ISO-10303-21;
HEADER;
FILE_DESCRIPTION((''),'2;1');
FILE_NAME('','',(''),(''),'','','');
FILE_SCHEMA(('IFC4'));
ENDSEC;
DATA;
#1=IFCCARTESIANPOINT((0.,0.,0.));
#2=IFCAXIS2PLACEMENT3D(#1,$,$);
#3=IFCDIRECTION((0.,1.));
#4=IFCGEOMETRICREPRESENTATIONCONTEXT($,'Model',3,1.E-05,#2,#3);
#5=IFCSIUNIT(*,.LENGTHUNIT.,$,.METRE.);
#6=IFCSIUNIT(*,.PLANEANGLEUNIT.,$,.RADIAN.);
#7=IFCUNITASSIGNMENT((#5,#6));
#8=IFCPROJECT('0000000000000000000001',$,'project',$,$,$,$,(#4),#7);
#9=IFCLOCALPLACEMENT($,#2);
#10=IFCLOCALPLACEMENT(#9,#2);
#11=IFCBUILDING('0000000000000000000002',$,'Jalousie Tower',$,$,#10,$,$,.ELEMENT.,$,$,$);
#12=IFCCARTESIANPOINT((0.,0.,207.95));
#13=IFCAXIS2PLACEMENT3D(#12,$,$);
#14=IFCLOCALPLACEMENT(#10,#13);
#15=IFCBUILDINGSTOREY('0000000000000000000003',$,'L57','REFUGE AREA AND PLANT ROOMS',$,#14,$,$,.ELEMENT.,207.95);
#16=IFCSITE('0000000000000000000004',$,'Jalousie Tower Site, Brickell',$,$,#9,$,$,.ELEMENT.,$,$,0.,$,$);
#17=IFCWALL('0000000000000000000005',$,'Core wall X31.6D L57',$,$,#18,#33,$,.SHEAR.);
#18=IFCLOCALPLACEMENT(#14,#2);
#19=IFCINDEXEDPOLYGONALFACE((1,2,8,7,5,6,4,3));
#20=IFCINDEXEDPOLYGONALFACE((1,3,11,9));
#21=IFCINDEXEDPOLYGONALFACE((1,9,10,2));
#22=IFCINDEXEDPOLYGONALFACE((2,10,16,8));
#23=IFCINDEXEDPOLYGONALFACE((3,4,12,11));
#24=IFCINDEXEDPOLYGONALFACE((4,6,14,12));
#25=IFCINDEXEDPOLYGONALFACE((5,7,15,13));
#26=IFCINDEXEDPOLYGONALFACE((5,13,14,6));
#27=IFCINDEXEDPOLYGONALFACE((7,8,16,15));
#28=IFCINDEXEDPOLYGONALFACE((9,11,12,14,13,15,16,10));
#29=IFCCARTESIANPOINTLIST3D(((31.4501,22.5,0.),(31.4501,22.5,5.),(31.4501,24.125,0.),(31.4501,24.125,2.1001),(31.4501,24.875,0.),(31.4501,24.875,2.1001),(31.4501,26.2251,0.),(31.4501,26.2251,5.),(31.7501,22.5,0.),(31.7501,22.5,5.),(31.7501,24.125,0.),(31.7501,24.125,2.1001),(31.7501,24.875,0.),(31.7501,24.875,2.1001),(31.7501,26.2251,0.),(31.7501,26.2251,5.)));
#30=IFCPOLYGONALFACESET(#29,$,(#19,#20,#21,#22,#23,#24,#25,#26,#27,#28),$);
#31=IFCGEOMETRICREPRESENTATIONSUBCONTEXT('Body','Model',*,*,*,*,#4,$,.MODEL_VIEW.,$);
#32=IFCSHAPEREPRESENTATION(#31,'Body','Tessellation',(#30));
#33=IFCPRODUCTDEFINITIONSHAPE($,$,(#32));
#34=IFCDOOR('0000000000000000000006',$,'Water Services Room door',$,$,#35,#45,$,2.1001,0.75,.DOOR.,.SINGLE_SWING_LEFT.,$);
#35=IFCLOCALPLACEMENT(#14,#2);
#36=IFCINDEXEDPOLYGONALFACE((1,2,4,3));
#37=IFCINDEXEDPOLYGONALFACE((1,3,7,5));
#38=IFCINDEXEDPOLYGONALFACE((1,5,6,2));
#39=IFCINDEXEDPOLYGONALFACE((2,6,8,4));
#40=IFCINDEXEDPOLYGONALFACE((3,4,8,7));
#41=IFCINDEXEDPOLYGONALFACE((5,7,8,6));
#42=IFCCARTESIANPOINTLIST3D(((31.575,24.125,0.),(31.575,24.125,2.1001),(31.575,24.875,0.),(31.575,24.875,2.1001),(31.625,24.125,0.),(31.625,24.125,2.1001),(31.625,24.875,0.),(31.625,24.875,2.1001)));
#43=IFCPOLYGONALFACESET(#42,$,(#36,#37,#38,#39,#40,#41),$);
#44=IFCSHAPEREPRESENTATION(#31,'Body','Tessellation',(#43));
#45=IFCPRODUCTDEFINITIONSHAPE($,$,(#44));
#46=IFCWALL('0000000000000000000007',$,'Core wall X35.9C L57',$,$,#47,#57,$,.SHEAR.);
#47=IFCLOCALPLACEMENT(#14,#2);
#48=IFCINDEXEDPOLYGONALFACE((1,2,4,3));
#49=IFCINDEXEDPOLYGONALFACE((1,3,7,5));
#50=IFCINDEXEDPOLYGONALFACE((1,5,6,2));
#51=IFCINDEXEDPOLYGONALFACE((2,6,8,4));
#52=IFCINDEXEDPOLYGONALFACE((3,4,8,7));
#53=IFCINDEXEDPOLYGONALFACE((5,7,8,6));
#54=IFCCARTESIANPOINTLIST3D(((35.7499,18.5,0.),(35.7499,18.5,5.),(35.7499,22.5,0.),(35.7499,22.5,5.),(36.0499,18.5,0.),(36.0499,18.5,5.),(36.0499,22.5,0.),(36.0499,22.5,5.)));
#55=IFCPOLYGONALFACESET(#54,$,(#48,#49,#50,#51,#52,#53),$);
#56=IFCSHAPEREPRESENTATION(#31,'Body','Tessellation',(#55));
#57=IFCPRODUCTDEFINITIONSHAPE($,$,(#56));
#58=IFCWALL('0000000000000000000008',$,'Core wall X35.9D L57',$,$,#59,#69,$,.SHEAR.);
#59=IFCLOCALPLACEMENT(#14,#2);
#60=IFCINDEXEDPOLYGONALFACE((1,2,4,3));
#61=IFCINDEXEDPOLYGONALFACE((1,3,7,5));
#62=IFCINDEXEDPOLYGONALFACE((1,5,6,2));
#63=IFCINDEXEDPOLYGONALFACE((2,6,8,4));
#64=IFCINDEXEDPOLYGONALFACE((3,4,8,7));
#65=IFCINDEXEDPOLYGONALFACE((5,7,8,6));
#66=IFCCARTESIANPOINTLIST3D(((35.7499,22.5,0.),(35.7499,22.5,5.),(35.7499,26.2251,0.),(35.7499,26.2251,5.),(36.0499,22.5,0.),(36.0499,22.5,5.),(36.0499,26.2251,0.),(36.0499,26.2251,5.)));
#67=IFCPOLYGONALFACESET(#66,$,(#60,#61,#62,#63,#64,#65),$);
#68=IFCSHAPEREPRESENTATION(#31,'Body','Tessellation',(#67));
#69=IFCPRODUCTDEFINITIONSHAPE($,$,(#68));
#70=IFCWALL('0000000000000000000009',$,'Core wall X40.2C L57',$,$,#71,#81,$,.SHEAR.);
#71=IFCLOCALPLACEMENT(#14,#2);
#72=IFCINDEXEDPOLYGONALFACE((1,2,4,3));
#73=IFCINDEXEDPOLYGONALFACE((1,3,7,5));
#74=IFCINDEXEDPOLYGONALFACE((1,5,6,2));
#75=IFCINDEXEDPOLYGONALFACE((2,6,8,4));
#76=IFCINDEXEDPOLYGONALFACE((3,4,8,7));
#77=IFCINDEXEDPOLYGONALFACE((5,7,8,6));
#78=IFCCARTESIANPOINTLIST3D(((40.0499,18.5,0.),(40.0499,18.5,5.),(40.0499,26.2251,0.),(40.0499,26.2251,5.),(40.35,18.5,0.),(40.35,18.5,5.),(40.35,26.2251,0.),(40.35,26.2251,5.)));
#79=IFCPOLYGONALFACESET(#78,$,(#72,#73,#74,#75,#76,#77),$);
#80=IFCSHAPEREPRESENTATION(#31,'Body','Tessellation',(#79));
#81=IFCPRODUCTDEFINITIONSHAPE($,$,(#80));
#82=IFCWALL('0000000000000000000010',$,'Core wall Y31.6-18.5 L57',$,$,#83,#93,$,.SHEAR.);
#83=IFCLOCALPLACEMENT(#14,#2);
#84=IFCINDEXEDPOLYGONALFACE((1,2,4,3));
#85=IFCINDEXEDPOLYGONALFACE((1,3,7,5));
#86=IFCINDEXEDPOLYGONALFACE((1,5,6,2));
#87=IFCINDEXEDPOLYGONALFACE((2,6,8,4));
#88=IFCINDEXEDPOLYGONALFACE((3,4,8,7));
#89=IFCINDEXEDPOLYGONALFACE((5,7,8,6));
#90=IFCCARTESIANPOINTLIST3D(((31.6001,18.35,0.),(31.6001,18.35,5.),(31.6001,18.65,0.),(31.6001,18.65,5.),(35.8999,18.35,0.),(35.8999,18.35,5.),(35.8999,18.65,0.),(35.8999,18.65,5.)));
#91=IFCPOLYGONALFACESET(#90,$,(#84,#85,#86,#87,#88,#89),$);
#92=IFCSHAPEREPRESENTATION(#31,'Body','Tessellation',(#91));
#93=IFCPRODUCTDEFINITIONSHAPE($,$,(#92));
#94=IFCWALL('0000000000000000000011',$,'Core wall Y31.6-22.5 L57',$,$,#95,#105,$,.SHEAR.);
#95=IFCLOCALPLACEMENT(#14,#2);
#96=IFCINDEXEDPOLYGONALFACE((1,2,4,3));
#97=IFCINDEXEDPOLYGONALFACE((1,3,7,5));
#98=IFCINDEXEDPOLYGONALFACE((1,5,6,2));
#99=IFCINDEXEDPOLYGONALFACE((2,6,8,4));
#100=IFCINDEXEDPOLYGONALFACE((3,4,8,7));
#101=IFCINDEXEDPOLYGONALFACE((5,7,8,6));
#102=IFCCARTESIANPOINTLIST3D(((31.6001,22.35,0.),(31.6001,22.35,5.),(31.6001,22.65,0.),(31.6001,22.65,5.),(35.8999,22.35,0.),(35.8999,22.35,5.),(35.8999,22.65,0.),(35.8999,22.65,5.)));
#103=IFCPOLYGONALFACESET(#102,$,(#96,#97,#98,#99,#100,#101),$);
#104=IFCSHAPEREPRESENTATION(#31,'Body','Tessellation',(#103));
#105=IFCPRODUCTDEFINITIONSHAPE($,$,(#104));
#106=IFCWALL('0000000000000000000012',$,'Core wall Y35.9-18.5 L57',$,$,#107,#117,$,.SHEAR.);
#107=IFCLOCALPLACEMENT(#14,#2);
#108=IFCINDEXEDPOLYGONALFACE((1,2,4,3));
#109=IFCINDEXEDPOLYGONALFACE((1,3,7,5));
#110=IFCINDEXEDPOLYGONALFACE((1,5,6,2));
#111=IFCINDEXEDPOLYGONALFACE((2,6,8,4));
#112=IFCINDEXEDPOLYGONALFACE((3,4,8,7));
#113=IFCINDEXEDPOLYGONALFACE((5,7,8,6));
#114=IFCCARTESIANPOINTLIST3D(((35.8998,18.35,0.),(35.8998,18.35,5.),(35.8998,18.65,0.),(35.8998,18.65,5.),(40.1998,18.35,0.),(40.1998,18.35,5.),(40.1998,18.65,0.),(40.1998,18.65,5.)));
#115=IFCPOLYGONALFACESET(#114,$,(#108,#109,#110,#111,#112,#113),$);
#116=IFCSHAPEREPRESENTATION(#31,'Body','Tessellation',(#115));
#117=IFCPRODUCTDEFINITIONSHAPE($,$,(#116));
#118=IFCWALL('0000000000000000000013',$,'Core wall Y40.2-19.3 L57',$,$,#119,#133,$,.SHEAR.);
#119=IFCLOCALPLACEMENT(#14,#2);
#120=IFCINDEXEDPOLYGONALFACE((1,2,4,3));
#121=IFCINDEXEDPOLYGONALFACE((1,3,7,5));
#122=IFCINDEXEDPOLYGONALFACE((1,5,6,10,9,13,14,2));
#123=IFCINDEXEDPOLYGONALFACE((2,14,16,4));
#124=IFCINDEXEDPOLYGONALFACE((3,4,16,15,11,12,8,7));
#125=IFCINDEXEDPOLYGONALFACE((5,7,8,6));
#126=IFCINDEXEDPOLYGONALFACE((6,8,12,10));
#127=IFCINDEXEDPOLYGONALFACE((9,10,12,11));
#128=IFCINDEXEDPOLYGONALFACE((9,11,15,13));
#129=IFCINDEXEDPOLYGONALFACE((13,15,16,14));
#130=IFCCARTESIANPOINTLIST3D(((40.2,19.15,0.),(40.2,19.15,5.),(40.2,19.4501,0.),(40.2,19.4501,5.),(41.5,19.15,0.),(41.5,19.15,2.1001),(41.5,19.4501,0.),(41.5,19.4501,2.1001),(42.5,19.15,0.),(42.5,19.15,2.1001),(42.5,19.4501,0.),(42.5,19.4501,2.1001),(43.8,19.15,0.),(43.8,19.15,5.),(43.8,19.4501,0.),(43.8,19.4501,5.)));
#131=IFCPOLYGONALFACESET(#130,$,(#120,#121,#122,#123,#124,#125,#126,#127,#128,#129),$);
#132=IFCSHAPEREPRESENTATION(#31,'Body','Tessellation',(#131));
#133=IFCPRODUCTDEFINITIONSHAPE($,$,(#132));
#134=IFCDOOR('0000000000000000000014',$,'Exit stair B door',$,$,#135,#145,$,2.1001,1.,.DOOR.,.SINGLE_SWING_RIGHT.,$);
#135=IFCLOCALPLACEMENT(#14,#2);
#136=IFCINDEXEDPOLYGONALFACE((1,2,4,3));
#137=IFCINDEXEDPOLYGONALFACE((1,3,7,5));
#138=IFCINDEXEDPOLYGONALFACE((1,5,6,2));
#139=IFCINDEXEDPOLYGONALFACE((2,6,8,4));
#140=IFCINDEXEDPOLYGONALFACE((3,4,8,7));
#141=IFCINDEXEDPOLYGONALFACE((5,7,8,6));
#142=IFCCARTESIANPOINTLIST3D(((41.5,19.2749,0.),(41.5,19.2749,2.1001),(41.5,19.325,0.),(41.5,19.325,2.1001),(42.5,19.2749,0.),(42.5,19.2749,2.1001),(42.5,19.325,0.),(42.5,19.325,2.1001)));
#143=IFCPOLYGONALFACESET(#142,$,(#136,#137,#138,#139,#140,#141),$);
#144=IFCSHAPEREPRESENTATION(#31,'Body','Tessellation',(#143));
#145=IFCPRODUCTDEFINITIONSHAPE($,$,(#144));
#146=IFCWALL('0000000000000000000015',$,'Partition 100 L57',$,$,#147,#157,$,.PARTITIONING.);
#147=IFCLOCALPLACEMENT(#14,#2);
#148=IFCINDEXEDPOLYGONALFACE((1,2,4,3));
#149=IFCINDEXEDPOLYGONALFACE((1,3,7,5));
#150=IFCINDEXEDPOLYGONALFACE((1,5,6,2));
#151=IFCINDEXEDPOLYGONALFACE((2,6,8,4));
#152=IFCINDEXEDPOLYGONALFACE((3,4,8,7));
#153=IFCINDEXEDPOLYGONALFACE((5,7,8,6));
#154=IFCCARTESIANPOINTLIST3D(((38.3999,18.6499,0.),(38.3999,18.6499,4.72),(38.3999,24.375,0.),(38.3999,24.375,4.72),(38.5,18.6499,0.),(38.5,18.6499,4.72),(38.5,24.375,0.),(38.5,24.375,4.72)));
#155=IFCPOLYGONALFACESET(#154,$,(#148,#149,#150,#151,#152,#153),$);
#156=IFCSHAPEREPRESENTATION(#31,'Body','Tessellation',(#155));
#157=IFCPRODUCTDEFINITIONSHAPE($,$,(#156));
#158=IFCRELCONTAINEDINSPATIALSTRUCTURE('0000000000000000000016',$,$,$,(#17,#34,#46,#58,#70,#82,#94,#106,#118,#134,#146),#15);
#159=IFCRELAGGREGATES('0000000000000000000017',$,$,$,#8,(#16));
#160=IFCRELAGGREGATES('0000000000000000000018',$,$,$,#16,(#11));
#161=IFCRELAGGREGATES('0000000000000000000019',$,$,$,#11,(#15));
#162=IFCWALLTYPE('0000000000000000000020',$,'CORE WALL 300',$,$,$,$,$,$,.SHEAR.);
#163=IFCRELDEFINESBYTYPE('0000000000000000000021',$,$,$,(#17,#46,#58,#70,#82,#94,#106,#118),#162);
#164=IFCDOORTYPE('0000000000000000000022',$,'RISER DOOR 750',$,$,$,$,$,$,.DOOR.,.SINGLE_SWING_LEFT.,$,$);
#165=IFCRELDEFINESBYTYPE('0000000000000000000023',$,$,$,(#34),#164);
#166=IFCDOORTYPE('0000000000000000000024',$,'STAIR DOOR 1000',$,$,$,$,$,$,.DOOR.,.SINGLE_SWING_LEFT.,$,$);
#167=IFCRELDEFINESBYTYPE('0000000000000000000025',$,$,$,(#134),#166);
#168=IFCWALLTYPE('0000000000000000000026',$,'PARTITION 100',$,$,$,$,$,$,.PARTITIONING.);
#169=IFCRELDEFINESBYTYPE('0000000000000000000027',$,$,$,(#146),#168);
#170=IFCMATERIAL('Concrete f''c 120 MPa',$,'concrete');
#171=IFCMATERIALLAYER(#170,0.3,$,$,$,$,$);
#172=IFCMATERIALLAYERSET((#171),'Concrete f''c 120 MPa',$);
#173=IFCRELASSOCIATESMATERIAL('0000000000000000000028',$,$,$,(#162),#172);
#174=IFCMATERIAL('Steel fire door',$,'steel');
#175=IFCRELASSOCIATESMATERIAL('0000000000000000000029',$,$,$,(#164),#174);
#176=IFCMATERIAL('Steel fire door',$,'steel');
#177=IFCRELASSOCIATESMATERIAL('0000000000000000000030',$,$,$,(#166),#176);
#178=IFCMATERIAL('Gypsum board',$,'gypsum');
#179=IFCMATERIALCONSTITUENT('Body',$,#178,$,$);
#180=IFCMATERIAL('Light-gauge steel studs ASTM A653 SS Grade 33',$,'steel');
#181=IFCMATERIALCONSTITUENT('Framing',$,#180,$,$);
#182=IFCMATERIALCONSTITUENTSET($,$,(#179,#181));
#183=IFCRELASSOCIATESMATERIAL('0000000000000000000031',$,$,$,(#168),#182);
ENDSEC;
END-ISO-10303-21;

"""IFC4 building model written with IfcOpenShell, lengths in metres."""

from ifc_helpers import new_model, si_unit, direction, frame, frame_2d, origin, place, context, subcontext, project, spatial, rectangle, extrude, material, layer, layer_set, constituent, constituent_set, type_object, element, fill, save


model = new_model("IFC4")

# Units and contexts
model_context = context("Model", 3, precision=1e-05, world=origin(), true_north=direction((0.0, 1.0)))
body_context = subcontext(model_context, "Body", "Model", "MODEL_VIEW")
ifc_project = project(units=[si_unit("LENGTHUNIT", "METRE"), si_unit("PLANEANGLEUNIT", "RADIAN")], contexts=[model_context])

# Site, building, storey
site_placement = place(None, origin())
site = spatial("IfcSite", under=ifc_project, at=site_placement, Name="Jalousie Tower Site, Brickell", CompositionType="ELEMENT", RefElevation=0.0)
building_placement = place(site_placement, origin())
building = spatial("IfcBuilding", under=site, at=building_placement, Name="Jalousie Tower", CompositionType="ELEMENT")
storey_placement = place(building_placement, frame((0.0, 0.0, 207.95)))
storey = spatial("IfcBuildingStorey", under=building, at=storey_placement, Name="L57", Description="REFUGE AREA AND PLANT ROOMS", CompositionType="ELEMENT", Elevation=207.95)

# Wall, opening, door
ifc_material_1 = material(Name="Concrete f'c 120 MPa", Category="concrete")
ifc_layer = layer(ifc_material_1, 0.3)
ifc_layer_set = layer_set([ifc_layer], Name="Concrete f'c 120 MPa")
wall_type_1 = type_object("IfcWallType", Name="CORE WALL 300", PredefinedType="SHEAR", material=ifc_layer_set)
wall_1_placement = place(storey_placement, frame((31.6001, 22.5, 0.0), z_axis=(0.0, 0.0, 1.0), x_axis=(0.0, 1.0, 0.0)))
wall_1 = element("IfcWall", 1, at=wall_1_placement, inside=storey, type_object=wall_type_1, Name="Core wall X31.6D L57", PredefinedType="SHEAR", context=body_context, shape_type="SweptSolid", body=[
    extrude(rectangle(XDim=3.7251, YDim=0.3, at=frame_2d((1.8625, 0.0))), origin(), (0.0, 0.0, 1.0), 5.0),
])
opening_1_placement = place(wall_1_placement, frame((1.625, 0.0, 0.0)))
opening_1 = element("IfcOpeningElement", 2, at=opening_1_placement, cuts=wall_1, PredefinedType="OPENING", context=body_context, shape_type="SweptSolid", body=[
    extrude(rectangle(XDim=0.75, YDim=2.1001, at=frame_2d((0.375, 1.05))), frame((0.0, 0.1599, 0.0), z_axis=(0.0, -1.0, 0.0), x_axis=(1.0, 0.0, 0.0)), (0.0, 0.0, 1.0), 0.3201),
])
ifc_material_2 = material(Name="Steel fire door", Category="steel")
door_type_1 = type_object("IfcDoorType", Name="RISER DOOR 750", OperationType="SINGLE_SWING_LEFT", PredefinedType="DOOR", material=ifc_material_2)
door_1_placement = place(opening_1_placement, frame((0.75, 0.0, 0.0), z_axis=(0.0, 0.0, 1.0), x_axis=(-1.0, 0.0, 0.0)))
door_1 = element("IfcDoor", 3, at=door_1_placement, inside=storey, type_object=door_type_1, Name="Water Services Room door", OperationType="SINGLE_SWING_LEFT", OverallHeight=2.1001, OverallWidth=0.75, PredefinedType="DOOR", context=body_context, shape_type="SweptSolid", body=[
    extrude(rectangle(XDim=0.75, YDim=2.1001, at=frame_2d((0.375, 1.05))), frame((0.0, 0.0249, 0.0), z_axis=(0.0, -1.0, 0.0), x_axis=(1.0, 0.0, 0.0)), (0.0, 0.0, 1.0), 0.05),
])
fill(opening_1, door_1)

# Walls
wall_2_placement = place(storey_placement, frame((35.8999, 18.5, 0.0), z_axis=(0.0, 0.0, 1.0), x_axis=(0.0, 1.0, 0.0)))
element("IfcWall", 4, at=wall_2_placement, inside=storey, type_object=wall_type_1, Name="Core wall X35.9C L57", PredefinedType="SHEAR", context=body_context, shape_type="SweptSolid", body=[
    extrude(rectangle(XDim=4.0, YDim=0.3, at=frame_2d((2.0, 0.0))), origin(), (0.0, 0.0, 1.0), 5.0),
])
wall_3_placement = place(storey_placement, frame((35.8999, 22.5, 0.0), z_axis=(0.0, 0.0, 1.0), x_axis=(0.0, 1.0, 0.0)))
element("IfcWall", 5, at=wall_3_placement, inside=storey, type_object=wall_type_1, Name="Core wall X35.9D L57", PredefinedType="SHEAR", context=body_context, shape_type="SweptSolid", body=[
    extrude(rectangle(XDim=3.7251, YDim=0.3, at=frame_2d((1.8625, 0.0))), origin(), (0.0, 0.0, 1.0), 5.0),
])
wall_4_placement = place(storey_placement, frame((40.2, 18.5, 0.0), z_axis=(0.0, 0.0, 1.0), x_axis=(0.0, 1.0, 0.0)))
element("IfcWall", 6, at=wall_4_placement, inside=storey, type_object=wall_type_1, Name="Core wall X40.2C L57", PredefinedType="SHEAR", context=body_context, shape_type="SweptSolid", body=[
    extrude(rectangle(XDim=7.7251, YDim=0.3, at=frame_2d((3.8625, 0.0))), origin(), (0.0, 0.0, 1.0), 5.0),
])
for number, where, z_axis, x_axis, name in (
    (7, (31.6001, 18.5, 0.0), (0.0, 0.0, 1.0), (1.0, 0.0, 0.0), "Core wall Y31.6-18.5 L57"),
    (8, (31.6001, 22.5, 0.0), (0.0, 0.0, 1.0), (1.0, 0.0, 0.0), "Core wall Y31.6-22.5 L57"),
):
    element("IfcWall", number, at=place(storey_placement, frame(where, z_axis=z_axis, x_axis=x_axis)), inside=storey, type_object=wall_type_1, Name=name, PredefinedType="SHEAR", context=body_context, shape_type="SweptSolid", body=[
        extrude(rectangle(XDim=4.2998, YDim=0.3, at=frame_2d((2.1499, 0.0))), origin(), (0.0, 0.0, 1.0), 5.0),
    ])
wall_5_placement = place(storey_placement, frame((35.8999, 18.5, 0.0), z_axis=(0.0, 0.0, 1.0), x_axis=(1.0, 0.0, 0.0)))
element("IfcWall", 9, at=wall_5_placement, inside=storey, type_object=wall_type_1, Name="Core wall Y35.9-18.5 L57", PredefinedType="SHEAR", context=body_context, shape_type="SweptSolid", body=[
    extrude(rectangle(XDim=4.3, YDim=0.3, at=frame_2d((2.1499, 0.0))), origin(), (0.0, 0.0, 1.0), 5.0),
])

# Wall, opening, door
wall_6_placement = place(storey_placement, frame((40.2, 19.3, 0.0), z_axis=(0.0, 0.0, 1.0), x_axis=(1.0, 0.0, 0.0)))
wall_6 = element("IfcWall", 10, at=wall_6_placement, inside=storey, type_object=wall_type_1, Name="Core wall Y40.2-19.3 L57", PredefinedType="SHEAR", context=body_context, shape_type="SweptSolid", body=[
    extrude(rectangle(XDim=3.6001, YDim=0.3, at=frame_2d((1.8, 0.0))), origin(), (0.0, 0.0, 1.0), 5.0),
])
opening_2_placement = place(wall_6_placement, frame((1.3, 0.0, 0.0)))
opening_2 = element("IfcOpeningElement", 11, at=opening_2_placement, cuts=wall_6, PredefinedType="OPENING", context=body_context, shape_type="SweptSolid", body=[
    extrude(rectangle(XDim=1.0, YDim=2.1001, at=frame_2d((0.5, 1.05))), frame((0.0, 0.1599, 0.0), z_axis=(0.0, -1.0, 0.0), x_axis=(1.0, 0.0, 0.0)), (0.0, 0.0, 1.0), 0.3201),
])
ifc_material_3 = material(Name="Steel fire door", Category="steel")
door_type_2 = type_object("IfcDoorType", Name="STAIR DOOR 1000", OperationType="SINGLE_SWING_LEFT", PredefinedType="DOOR", material=ifc_material_3)
door_2_placement = place(opening_2_placement, origin())
door_2 = element("IfcDoor", 12, at=door_2_placement, inside=storey, type_object=door_type_2, Name="Exit stair B door", OperationType="SINGLE_SWING_RIGHT", OverallHeight=2.1001, OverallWidth=1.0, PredefinedType="DOOR", context=body_context, shape_type="SweptSolid", body=[
    extrude(rectangle(XDim=1.0, YDim=2.1001, at=frame_2d((0.5, 1.05))), frame((0.0, 0.0249, 0.0), z_axis=(0.0, -1.0, 0.0), x_axis=(1.0, 0.0, 0.0)), (0.0, 0.0, 1.0), 0.05),
])
fill(opening_2, door_2)

# Wall
ifc_material_4 = material(Name="Gypsum board", Category="gypsum")
ifc_constituent_1 = constituent(ifc_material_4, Name="Body")
ifc_material_5 = material(Name="Light-gauge steel studs ASTM A653 SS Grade 33", Category="steel")
ifc_constituent_2 = constituent(ifc_material_5, Name="Framing")
ifc_constituent_set_1 = constituent_set(constituents=[ifc_constituent_1, ifc_constituent_2])
wall_type_2 = type_object("IfcWallType", Name="PARTITION 100", PredefinedType="PARTITIONING", material=ifc_constituent_set_1)
wall_7_placement = place(storey_placement, frame((38.45, 18.6499, 0.0), z_axis=(0.0, 0.0, 1.0), x_axis=(0.0, 1.0, 0.0)))
element("IfcWall", 13, at=wall_7_placement, inside=storey, type_object=wall_type_2, Name="Partition 100 L57", PredefinedType="PARTITIONING", context=body_context, shape_type="SweptSolid", body=[
    extrude(rectangle(XDim=5.7251, YDim=0.1001, at=frame_2d((2.8625, 0.0))), origin(), (0.0, 0.0, 1.0), 4.72),
])

save(model, "model.ifc")
